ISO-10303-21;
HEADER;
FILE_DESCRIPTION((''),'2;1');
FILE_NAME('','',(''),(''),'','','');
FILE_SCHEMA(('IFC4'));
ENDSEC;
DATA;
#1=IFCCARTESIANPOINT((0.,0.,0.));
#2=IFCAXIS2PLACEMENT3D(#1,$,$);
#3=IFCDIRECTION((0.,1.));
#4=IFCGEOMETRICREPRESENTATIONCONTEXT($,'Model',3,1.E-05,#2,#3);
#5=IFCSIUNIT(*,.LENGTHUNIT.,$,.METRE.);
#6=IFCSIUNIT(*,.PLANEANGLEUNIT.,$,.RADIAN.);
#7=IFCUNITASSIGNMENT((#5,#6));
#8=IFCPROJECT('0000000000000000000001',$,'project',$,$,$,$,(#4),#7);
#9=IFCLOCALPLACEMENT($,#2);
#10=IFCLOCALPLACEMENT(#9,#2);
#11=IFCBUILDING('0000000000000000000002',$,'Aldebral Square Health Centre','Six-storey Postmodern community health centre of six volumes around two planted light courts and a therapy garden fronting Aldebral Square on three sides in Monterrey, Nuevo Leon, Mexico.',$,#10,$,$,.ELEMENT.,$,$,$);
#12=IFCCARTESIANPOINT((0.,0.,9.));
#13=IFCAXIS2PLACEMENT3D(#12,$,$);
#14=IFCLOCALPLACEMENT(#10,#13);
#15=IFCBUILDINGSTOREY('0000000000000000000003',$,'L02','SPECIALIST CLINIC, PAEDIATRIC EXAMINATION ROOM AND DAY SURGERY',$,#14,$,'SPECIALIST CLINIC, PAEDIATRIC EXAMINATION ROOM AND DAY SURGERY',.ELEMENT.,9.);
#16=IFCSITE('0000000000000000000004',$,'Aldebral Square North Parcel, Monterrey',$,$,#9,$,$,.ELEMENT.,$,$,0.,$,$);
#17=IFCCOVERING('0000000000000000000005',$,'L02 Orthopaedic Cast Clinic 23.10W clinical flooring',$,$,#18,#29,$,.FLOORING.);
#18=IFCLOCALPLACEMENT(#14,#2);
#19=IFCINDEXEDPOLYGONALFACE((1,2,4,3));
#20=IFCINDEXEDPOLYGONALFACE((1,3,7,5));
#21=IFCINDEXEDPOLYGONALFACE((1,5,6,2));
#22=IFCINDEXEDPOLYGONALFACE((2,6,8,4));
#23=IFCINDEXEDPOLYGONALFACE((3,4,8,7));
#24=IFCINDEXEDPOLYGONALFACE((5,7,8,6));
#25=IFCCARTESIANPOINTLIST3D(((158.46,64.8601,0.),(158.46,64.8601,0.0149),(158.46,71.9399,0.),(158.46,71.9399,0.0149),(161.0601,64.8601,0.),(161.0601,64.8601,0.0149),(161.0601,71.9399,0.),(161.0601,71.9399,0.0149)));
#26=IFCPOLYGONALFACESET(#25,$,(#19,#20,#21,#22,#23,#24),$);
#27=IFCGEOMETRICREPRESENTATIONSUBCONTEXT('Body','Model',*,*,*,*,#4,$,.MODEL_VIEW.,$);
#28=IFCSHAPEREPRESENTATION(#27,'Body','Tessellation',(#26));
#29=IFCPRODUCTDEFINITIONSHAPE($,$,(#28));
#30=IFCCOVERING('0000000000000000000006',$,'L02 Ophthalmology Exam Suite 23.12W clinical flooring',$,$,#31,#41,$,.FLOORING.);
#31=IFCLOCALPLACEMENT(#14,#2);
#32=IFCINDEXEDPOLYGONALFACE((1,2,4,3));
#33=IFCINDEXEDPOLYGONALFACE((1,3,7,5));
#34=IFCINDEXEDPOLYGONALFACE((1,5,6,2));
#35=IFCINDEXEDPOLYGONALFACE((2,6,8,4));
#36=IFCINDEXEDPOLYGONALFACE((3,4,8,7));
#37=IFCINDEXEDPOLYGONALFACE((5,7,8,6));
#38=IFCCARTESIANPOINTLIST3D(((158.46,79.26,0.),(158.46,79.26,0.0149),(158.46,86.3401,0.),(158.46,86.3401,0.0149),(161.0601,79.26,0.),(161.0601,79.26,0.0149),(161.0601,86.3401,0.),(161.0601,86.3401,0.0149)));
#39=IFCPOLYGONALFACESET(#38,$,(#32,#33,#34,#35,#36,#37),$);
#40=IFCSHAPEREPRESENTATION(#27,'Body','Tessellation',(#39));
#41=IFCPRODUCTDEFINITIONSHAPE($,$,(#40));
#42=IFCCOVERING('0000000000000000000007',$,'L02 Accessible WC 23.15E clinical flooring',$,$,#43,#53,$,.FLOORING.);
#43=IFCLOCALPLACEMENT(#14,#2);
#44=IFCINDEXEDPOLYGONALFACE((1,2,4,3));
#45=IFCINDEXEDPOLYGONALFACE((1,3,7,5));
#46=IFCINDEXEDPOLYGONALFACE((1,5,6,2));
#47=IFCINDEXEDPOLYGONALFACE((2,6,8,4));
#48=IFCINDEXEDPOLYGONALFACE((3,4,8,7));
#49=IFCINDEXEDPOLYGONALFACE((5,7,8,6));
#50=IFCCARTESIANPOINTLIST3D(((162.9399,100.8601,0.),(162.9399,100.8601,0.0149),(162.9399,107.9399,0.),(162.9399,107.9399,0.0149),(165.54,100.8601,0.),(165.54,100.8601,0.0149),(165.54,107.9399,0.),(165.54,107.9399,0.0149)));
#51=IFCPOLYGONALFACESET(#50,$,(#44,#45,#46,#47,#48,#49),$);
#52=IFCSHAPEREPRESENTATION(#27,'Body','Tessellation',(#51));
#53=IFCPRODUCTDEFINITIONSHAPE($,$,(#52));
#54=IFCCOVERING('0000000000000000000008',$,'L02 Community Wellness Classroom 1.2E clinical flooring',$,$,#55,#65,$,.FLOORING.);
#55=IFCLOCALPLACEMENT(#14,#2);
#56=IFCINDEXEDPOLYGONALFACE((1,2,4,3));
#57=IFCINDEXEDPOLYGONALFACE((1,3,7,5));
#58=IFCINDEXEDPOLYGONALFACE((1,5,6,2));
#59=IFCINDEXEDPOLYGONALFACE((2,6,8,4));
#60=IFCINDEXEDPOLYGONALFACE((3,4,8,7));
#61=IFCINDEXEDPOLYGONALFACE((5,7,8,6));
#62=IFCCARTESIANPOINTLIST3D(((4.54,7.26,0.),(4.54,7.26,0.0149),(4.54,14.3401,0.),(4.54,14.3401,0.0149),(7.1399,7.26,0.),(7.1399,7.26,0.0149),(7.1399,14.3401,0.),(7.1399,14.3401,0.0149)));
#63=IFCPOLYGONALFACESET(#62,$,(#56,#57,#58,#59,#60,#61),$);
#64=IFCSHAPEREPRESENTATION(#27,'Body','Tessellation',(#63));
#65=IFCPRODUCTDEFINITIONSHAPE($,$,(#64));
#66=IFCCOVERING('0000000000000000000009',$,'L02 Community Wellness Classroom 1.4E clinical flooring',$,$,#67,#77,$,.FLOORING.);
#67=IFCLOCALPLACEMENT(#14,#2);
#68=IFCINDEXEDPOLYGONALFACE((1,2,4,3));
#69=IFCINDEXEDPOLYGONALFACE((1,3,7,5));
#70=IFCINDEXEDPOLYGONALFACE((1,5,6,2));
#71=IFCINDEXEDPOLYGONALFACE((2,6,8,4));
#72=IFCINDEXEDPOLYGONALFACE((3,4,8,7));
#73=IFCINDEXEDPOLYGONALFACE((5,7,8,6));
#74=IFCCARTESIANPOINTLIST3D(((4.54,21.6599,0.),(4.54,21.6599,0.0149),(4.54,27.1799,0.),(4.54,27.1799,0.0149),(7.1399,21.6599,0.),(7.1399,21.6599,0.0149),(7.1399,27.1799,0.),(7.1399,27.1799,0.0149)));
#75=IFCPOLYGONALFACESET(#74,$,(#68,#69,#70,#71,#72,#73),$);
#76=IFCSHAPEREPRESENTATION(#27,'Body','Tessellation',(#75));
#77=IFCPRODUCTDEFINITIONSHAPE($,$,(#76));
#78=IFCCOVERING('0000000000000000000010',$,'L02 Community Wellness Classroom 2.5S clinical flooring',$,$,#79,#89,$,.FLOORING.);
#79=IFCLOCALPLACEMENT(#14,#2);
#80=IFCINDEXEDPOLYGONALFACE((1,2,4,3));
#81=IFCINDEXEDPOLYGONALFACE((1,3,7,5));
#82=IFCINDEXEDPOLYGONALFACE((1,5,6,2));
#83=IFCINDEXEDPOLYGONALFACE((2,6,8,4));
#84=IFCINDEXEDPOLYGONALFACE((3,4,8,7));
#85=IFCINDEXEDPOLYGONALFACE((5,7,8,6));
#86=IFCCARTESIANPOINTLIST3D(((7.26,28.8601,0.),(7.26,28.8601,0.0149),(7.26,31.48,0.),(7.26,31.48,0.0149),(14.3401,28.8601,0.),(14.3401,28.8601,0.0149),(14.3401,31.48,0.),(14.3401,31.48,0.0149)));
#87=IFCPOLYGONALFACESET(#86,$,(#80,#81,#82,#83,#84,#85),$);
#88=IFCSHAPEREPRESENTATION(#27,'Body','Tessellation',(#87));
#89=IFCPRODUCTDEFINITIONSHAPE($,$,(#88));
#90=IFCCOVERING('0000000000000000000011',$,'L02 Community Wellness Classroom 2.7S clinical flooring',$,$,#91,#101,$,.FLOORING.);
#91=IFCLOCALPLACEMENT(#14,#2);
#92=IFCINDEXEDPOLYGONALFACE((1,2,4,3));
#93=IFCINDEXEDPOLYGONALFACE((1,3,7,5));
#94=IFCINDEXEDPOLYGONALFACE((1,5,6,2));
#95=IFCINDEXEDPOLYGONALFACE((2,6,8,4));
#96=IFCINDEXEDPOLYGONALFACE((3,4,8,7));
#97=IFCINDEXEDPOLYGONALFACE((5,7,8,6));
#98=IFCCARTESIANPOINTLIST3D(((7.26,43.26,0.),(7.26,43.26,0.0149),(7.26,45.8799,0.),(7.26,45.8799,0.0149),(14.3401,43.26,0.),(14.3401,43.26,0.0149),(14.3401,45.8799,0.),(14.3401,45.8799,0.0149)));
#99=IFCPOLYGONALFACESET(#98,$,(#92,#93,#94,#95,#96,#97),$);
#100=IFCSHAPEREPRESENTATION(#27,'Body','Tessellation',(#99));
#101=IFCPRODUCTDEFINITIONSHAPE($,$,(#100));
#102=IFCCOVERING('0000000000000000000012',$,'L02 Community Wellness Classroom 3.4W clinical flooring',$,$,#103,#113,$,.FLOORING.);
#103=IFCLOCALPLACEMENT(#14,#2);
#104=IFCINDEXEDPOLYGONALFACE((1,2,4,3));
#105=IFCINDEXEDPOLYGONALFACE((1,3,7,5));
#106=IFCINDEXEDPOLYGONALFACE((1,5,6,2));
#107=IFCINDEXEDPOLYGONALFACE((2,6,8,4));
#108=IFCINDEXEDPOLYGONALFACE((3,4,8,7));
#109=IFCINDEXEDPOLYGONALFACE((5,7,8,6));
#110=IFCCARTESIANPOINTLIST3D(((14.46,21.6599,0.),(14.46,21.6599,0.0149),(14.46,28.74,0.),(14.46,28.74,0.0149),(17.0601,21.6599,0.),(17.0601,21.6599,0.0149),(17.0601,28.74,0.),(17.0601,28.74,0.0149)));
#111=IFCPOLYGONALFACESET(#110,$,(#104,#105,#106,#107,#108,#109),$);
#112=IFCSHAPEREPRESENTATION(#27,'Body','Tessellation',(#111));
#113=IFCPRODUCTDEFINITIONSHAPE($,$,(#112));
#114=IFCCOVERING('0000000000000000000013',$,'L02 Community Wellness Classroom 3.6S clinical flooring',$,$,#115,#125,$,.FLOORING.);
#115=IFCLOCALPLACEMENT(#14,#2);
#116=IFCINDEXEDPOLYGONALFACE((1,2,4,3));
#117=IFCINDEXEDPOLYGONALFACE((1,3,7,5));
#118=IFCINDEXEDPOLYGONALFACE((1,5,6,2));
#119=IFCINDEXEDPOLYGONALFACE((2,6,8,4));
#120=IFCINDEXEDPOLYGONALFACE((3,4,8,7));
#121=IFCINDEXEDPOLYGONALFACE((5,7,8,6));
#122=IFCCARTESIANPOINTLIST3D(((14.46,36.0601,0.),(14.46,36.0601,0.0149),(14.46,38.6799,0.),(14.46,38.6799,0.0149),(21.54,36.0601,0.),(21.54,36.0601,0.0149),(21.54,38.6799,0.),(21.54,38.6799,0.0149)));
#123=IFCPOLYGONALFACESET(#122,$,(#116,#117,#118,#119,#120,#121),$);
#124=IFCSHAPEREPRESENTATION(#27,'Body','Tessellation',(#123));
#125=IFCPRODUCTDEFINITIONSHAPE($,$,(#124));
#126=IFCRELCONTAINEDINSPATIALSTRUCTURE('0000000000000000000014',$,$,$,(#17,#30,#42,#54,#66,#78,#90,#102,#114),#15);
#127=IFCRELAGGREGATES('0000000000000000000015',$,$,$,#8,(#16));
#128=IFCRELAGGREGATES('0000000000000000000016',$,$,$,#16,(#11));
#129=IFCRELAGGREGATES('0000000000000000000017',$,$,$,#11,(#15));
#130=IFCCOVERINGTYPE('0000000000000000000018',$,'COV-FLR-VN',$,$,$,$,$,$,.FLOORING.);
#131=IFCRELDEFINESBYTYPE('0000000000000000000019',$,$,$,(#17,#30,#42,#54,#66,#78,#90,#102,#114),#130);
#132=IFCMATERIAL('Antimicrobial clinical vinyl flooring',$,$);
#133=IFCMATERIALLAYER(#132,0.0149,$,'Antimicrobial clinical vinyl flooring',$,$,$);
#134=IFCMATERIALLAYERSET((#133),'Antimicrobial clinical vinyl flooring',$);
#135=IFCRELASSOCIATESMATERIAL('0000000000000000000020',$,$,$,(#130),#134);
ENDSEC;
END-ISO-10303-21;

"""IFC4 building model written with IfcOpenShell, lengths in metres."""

from ifc_helpers import new_model, si_unit, direction, frame, origin, place, context, subcontext, project, spatial, polyline, outline, extrude, material, layer, layer_set, type_object, element, save


model = new_model("IFC4")

# Units and contexts
model_context = context("Model", 3, precision=1e-05, world=origin(), true_north=direction((0.0, 1.0)))
body_context = subcontext(model_context, "Body", "Model", "MODEL_VIEW")
ifc_project = project(units=[si_unit("LENGTHUNIT", "METRE"), si_unit("PLANEANGLEUNIT", "RADIAN")], contexts=[model_context])

# Site, building, storey
site_placement = place(None, origin())
site = spatial("IfcSite", under=ifc_project, at=site_placement, Name="Aldebral Square North Parcel, Monterrey", CompositionType="ELEMENT", RefElevation=0.0)
building_placement = place(site_placement, origin())
building = spatial("IfcBuilding", under=site, at=building_placement, Name="Aldebral Square Health Centre", Description="Six-storey Postmodern community health centre of six volumes around two planted light courts and a therapy garden fronting Aldebral Square on three sides in Monterrey, Nuevo Leon, Mexico.", CompositionType="ELEMENT")
storey_placement = place(building_placement, frame((0.0, 0.0, 9.0)))
storey = spatial("IfcBuildingStorey", under=building, at=storey_placement, Name="L02", Description="SPECIALIST CLINIC, PAEDIATRIC EXAMINATION ROOM AND DAY SURGERY", LongName="SPECIALIST CLINIC, PAEDIATRIC EXAMINATION ROOM AND DAY SURGERY", CompositionType="ELEMENT", Elevation=9.0)

# Coverings
ifc_material_1 = material(Name="Antimicrobial clinical vinyl flooring")
ifc_layer_1 = layer(ifc_material_1, 0.0149, Name="Antimicrobial clinical vinyl flooring")
ifc_layer_set_1 = layer_set([ifc_layer_1], Name="Antimicrobial clinical vinyl flooring")
covering_type_1 = type_object("IfcCoveringType", Name="COV-FLR-VN", PredefinedType="FLOORING", material=ifc_layer_set_1)
covering_1_placement = place(storey_placement, origin())
element("IfcCovering", 1, at=covering_1_placement, inside=storey, type_object=covering_type_1, Name="L02 Orthopaedic Cast Clinic 23.10W clinical flooring", PredefinedType="FLOORING", context=body_context, shape_type="SweptSolid", body=[
    extrude(outline(polyline([(158.46, 64.8601), (161.0601, 64.8601), (161.0601, 71.9399), (158.46, 71.9399), (158.46, 64.8601)])), origin(), (0.0, 0.0, 1.0), 0.0149),
])
covering_2_placement = place(storey_placement, origin())
element("IfcCovering", 2, at=covering_2_placement, inside=storey, type_object=covering_type_1, Name="L02 Ophthalmology Exam Suite 23.12W clinical flooring", PredefinedType="FLOORING", context=body_context, shape_type="SweptSolid", body=[
    extrude(outline(polyline([(158.46, 79.26), (161.0601, 79.26), (161.0601, 86.3401), (158.46, 86.3401), (158.46, 79.26)])), origin(), (0.0, 0.0, 1.0), 0.0149),
])
covering_3_placement = place(storey_placement, origin())
element("IfcCovering", 3, at=covering_3_placement, inside=storey, type_object=covering_type_1, Name="L02 Accessible WC 23.15E clinical flooring", PredefinedType="FLOORING", context=body_context, shape_type="SweptSolid", body=[
    extrude(outline(polyline([(162.9399, 100.8601), (165.54, 100.8601), (165.54, 107.9399), (162.9399, 107.9399), (162.9399, 100.8601)])), origin(), (0.0, 0.0, 1.0), 0.0149),
])
covering_4_placement = place(storey_placement, origin())
element("IfcCovering", 4, at=covering_4_placement, inside=storey, type_object=covering_type_1, Name="L02 Community Wellness Classroom 1.2E clinical flooring", PredefinedType="FLOORING", context=body_context, shape_type="SweptSolid", body=[
    extrude(outline(polyline([(4.54, 7.26), (7.1399, 7.26), (7.1399, 14.3401), (4.54, 14.3401), (4.54, 7.26)])), origin(), (0.0, 0.0, 1.0), 0.0149),
])
covering_5_placement = place(storey_placement, origin())
element("IfcCovering", 5, at=covering_5_placement, inside=storey, type_object=covering_type_1, Name="L02 Community Wellness Classroom 1.4E clinical flooring", PredefinedType="FLOORING", context=body_context, shape_type="SweptSolid", body=[
    extrude(outline(polyline([(4.54, 21.6599), (7.1399, 21.6599), (7.1399, 27.1799), (4.54, 27.1799), (4.54, 21.6599)])), origin(), (0.0, 0.0, 1.0), 0.0149),
])
covering_6_placement = place(storey_placement, origin())
element("IfcCovering", 6, at=covering_6_placement, inside=storey, type_object=covering_type_1, Name="L02 Community Wellness Classroom 2.5S clinical flooring", PredefinedType="FLOORING", context=body_context, shape_type="SweptSolid", body=[
    extrude(outline(polyline([(7.26, 28.8601), (14.3401, 28.8601), (14.3401, 31.48), (7.26, 31.48), (7.26, 28.8601)])), origin(), (0.0, 0.0, 1.0), 0.0149),
])
covering_7_placement = place(storey_placement, origin())
element("IfcCovering", 7, at=covering_7_placement, inside=storey, type_object=covering_type_1, Name="L02 Community Wellness Classroom 2.7S clinical flooring", PredefinedType="FLOORING", context=body_context, shape_type="SweptSolid", body=[
    extrude(outline(polyline([(7.26, 43.26), (14.3401, 43.26), (14.3401, 45.8799), (7.26, 45.8799), (7.26, 43.26)])), origin(), (0.0, 0.0, 1.0), 0.0149),
])
covering_8_placement = place(storey_placement, origin())
element("IfcCovering", 8, at=covering_8_placement, inside=storey, type_object=covering_type_1, Name="L02 Community Wellness Classroom 3.4W clinical flooring", PredefinedType="FLOORING", context=body_context, shape_type="SweptSolid", body=[
    extrude(outline(polyline([(14.46, 21.6599), (17.0601, 21.6599), (17.0601, 28.74), (14.46, 28.74), (14.46, 21.6599)])), origin(), (0.0, 0.0, 1.0), 0.0149),
])
covering_9_placement = place(storey_placement, origin())
element("IfcCovering", 9, at=covering_9_placement, inside=storey, type_object=covering_type_1, Name="L02 Community Wellness Classroom 3.6S clinical flooring", PredefinedType="FLOORING", context=body_context, shape_type="SweptSolid", body=[
    extrude(outline(polyline([(14.46, 36.0601), (21.54, 36.0601), (21.54, 38.6799), (14.46, 38.6799), (14.46, 36.0601)])), origin(), (0.0, 0.0, 1.0), 0.0149),
])

save(model, "model.ifc")
